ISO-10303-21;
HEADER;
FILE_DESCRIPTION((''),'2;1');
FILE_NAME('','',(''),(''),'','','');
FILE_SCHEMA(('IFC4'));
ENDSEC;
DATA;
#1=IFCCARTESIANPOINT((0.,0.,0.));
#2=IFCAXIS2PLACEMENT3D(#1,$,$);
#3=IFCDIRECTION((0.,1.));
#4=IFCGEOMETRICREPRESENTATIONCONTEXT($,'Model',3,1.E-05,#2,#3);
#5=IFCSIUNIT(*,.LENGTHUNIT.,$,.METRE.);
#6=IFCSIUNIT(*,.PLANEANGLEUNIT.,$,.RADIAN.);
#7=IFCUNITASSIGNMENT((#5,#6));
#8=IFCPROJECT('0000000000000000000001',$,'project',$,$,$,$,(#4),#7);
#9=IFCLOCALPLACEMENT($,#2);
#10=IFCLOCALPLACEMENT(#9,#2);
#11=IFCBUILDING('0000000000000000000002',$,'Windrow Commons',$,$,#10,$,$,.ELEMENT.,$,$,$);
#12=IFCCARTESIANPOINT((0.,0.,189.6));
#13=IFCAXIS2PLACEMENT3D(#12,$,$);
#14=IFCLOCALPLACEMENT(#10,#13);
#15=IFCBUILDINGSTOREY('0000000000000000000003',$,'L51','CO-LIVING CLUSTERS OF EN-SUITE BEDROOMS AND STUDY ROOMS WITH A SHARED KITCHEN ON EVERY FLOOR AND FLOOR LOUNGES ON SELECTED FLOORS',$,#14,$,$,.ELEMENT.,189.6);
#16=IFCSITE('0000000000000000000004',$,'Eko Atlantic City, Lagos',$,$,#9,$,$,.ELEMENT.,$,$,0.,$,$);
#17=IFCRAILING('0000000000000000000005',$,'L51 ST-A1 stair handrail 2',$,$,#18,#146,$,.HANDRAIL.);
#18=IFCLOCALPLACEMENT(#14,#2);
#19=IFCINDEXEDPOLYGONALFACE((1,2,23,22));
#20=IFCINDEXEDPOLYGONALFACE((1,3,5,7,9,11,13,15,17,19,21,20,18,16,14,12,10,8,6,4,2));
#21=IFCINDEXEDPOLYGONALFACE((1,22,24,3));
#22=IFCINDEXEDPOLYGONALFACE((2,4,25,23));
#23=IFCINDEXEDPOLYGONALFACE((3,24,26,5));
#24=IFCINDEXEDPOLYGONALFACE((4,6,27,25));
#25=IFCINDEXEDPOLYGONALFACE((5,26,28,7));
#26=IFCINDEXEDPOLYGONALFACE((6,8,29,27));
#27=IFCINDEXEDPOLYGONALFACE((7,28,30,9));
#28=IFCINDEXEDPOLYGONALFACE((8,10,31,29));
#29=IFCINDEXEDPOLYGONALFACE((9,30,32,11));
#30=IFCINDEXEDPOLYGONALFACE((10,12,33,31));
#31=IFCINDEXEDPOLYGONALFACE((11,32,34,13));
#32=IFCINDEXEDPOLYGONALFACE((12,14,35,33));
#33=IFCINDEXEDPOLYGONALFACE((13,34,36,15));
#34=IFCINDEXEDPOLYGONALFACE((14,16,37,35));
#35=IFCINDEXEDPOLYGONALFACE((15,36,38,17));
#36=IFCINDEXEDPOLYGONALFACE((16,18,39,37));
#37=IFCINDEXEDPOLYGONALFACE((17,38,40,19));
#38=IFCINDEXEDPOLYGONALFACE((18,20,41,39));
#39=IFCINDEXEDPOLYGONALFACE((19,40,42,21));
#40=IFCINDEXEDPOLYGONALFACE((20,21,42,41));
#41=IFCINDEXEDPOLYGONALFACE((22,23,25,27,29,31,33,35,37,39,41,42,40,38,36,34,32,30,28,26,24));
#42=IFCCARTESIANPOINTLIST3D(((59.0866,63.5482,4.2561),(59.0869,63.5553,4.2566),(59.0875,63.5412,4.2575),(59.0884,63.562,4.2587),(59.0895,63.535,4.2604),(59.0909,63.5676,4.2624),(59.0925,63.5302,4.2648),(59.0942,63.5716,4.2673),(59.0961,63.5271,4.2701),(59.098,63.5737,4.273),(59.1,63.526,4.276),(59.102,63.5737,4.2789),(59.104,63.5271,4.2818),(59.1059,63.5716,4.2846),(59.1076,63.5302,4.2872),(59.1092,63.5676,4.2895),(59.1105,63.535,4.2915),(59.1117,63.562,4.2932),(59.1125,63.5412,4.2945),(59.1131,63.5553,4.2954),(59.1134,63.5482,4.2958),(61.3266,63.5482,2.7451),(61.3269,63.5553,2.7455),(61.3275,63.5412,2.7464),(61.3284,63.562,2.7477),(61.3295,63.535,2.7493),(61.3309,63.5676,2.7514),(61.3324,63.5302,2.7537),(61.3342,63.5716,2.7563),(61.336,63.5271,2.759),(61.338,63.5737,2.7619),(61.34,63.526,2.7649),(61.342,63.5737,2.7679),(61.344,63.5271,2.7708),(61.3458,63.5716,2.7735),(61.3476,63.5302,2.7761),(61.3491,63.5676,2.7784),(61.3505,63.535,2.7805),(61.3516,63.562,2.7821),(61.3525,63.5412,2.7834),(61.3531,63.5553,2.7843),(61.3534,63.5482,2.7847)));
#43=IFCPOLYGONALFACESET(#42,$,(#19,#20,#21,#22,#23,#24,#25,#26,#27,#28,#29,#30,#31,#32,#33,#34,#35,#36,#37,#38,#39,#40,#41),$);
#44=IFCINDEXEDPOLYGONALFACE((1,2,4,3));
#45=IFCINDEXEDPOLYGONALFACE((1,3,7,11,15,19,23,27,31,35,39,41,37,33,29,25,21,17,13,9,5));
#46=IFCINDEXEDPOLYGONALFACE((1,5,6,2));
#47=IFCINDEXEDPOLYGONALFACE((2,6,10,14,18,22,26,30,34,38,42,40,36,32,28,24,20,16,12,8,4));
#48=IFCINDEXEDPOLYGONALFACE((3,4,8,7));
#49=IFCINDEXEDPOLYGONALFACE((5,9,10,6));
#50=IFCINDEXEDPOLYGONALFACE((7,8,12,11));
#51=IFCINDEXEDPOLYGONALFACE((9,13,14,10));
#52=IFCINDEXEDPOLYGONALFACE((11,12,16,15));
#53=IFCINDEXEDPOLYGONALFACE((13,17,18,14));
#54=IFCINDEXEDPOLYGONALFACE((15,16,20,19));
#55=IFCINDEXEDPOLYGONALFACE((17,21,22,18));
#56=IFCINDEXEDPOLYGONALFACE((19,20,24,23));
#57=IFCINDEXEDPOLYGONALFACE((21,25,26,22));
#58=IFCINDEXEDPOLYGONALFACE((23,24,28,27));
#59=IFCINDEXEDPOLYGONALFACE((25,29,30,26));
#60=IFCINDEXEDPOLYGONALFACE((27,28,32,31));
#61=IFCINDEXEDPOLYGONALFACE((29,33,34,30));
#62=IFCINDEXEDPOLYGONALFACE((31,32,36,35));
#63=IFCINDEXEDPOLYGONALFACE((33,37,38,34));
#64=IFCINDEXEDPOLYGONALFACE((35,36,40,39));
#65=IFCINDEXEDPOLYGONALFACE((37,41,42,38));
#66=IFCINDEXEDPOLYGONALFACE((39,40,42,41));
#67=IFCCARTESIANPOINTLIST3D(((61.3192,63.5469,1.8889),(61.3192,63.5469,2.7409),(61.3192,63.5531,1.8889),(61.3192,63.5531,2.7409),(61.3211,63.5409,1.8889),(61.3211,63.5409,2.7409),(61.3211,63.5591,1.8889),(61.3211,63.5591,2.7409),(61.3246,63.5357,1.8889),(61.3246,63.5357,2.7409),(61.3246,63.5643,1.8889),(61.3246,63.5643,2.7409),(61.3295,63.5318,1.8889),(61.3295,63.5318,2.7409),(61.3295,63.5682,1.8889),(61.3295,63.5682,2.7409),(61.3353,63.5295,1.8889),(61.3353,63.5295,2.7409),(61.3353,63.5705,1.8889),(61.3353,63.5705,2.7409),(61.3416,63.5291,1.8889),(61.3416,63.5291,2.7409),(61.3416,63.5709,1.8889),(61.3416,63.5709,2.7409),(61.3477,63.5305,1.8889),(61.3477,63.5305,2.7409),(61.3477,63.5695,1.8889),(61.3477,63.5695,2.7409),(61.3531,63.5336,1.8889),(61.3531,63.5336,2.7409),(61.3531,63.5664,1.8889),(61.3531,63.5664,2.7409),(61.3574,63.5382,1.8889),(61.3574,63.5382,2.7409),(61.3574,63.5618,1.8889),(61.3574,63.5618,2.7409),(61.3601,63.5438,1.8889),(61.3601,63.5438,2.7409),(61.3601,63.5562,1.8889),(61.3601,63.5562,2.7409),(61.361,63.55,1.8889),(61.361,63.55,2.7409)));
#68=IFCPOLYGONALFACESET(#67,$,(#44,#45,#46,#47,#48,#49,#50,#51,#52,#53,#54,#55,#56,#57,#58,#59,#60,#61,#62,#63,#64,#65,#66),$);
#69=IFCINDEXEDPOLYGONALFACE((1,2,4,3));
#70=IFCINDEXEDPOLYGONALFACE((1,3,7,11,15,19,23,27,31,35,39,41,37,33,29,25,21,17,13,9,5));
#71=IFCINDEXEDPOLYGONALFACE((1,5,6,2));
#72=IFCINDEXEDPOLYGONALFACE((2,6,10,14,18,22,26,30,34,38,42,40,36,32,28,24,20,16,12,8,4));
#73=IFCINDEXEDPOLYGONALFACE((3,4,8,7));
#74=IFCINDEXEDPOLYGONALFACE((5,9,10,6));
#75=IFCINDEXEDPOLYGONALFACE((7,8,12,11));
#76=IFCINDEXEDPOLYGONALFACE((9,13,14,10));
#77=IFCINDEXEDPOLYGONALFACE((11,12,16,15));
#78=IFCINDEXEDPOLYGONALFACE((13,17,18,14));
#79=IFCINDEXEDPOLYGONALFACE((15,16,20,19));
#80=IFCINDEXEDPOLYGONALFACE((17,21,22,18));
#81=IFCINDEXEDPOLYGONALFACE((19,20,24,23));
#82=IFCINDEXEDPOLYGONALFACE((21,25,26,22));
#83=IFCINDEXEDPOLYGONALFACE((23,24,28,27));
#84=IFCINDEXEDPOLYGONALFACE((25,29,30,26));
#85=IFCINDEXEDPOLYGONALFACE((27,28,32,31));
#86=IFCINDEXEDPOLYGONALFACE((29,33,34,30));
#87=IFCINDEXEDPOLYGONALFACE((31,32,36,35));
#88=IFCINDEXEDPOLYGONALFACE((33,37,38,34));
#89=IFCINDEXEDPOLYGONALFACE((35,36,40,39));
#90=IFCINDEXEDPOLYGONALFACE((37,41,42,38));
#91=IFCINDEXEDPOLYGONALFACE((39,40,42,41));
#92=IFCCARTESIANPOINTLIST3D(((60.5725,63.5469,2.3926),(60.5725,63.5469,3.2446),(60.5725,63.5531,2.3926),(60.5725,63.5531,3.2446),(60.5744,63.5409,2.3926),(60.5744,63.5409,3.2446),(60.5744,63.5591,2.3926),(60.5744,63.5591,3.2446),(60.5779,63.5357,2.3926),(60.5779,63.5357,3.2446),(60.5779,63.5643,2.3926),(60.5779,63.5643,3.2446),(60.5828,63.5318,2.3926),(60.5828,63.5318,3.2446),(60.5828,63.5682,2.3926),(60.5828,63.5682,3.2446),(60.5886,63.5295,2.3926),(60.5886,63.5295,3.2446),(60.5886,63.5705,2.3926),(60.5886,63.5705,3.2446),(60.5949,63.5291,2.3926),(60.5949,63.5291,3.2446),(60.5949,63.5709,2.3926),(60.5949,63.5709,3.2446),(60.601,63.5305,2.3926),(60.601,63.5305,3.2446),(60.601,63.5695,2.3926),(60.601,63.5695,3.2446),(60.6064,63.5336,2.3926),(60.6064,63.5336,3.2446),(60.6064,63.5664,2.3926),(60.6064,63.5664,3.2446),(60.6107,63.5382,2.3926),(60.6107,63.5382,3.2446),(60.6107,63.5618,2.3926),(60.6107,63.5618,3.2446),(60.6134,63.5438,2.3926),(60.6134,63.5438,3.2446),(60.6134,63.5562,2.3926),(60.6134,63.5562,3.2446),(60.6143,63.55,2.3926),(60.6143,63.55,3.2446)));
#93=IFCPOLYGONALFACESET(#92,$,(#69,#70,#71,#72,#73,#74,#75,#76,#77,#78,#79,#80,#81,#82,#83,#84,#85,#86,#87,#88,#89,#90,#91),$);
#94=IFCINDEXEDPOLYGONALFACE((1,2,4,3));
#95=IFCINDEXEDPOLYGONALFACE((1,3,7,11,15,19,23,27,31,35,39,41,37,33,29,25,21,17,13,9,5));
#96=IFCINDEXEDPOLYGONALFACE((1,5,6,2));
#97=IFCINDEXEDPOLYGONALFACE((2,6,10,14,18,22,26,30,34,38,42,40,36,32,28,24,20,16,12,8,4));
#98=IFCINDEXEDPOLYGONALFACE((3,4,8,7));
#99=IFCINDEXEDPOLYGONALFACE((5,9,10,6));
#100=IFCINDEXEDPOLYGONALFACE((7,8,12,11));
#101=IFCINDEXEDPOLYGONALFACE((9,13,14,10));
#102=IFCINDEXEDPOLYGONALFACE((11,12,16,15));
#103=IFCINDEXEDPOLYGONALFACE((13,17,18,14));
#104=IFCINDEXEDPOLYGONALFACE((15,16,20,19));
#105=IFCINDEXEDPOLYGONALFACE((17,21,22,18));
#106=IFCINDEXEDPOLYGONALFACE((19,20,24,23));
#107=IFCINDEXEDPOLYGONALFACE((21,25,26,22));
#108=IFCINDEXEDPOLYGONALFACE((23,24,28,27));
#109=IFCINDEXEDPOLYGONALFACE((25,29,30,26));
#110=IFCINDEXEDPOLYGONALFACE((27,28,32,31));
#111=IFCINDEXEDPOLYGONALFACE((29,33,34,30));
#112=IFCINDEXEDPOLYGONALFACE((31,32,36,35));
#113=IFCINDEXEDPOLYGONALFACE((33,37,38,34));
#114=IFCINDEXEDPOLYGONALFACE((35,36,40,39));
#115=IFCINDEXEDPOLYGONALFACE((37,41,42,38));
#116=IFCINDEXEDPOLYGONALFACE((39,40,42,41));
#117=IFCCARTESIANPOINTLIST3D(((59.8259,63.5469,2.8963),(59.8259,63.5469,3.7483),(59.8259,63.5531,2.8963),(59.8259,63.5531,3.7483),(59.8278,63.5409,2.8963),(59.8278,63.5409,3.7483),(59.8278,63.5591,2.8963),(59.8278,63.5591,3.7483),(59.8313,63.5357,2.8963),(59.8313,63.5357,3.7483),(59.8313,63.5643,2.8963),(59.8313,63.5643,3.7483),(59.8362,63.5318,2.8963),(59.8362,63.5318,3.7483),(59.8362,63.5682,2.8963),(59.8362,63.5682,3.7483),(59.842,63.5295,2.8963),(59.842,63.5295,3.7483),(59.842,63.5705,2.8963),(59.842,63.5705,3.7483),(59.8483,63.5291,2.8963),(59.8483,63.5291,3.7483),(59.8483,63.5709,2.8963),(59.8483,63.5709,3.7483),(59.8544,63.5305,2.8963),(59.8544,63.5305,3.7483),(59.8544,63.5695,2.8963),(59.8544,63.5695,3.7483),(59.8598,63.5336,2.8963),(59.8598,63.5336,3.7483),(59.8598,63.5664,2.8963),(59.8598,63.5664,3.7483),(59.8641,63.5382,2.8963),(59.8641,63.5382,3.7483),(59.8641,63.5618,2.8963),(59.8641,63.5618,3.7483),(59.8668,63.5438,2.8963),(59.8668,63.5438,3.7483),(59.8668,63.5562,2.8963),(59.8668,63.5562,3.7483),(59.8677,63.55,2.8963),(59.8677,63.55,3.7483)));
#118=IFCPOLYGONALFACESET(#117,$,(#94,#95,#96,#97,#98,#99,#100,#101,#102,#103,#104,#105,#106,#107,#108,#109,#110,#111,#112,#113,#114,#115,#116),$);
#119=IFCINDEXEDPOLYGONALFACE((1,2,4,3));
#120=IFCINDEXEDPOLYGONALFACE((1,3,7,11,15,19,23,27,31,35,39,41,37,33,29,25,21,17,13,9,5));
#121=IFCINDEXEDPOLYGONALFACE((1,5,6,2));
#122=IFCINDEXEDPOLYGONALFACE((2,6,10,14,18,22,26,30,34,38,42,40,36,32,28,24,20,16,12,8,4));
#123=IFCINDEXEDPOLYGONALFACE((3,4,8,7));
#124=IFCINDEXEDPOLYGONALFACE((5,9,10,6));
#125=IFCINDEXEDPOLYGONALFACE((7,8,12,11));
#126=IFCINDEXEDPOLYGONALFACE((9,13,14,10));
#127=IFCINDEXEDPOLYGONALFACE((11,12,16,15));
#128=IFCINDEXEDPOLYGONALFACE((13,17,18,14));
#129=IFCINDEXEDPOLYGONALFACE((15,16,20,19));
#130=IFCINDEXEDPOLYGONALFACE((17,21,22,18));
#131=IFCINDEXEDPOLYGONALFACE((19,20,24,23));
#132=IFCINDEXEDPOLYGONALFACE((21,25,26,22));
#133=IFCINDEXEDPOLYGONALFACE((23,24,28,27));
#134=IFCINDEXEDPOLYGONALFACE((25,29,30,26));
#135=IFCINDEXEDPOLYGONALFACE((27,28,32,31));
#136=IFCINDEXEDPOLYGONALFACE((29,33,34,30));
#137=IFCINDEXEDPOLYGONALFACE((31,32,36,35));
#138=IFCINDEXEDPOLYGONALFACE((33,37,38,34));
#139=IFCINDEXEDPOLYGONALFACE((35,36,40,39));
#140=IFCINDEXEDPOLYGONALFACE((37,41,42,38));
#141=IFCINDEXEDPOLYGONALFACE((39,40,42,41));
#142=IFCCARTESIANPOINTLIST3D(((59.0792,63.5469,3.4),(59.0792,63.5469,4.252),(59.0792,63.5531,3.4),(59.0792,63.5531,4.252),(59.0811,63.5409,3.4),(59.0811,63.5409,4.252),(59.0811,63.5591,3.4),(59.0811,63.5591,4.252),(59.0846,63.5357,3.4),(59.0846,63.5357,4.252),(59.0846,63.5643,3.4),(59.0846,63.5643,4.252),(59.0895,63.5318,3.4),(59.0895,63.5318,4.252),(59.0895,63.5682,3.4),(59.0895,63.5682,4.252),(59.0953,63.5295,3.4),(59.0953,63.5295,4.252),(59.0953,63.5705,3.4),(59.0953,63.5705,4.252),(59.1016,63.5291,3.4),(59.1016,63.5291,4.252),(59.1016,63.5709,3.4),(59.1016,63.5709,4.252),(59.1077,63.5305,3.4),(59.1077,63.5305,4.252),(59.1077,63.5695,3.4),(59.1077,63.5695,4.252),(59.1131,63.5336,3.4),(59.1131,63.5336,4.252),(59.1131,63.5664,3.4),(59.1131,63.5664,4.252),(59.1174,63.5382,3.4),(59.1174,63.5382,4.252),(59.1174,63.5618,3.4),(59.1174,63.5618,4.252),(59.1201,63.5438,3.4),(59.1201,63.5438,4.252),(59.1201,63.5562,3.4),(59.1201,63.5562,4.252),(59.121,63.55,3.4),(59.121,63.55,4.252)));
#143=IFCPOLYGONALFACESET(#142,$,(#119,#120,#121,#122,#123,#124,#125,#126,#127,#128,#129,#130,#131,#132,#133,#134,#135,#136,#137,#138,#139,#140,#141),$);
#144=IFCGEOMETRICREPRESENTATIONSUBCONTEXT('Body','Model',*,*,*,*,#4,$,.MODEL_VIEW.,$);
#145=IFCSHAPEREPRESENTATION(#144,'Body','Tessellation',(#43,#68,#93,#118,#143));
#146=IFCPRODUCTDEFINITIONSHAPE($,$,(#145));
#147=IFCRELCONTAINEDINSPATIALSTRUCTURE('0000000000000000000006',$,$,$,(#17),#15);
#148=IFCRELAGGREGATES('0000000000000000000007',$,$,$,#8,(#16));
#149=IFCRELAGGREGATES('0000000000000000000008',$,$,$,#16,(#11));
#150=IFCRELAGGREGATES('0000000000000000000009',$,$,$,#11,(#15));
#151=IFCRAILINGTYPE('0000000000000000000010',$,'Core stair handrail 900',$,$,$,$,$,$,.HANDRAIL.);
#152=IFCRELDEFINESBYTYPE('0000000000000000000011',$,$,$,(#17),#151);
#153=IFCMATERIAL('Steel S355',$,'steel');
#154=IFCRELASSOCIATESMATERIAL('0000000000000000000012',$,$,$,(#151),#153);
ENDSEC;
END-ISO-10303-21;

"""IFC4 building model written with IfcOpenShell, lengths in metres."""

from ifc_helpers import new_model, si_unit, direction, frame, origin, origin_2d, place, context, subcontext, project, spatial, circle, extrude, material, type_object, element, save


model = new_model("IFC4")

# Units and contexts
model_context = context("Model", 3, precision=1e-05, world=origin(), true_north=direction((0.0, 1.0)))
body_context = subcontext(model_context, "Body", "Model", "MODEL_VIEW")
ifc_project = project(units=[si_unit("LENGTHUNIT", "METRE"), si_unit("PLANEANGLEUNIT", "RADIAN")], contexts=[model_context])

# Site, building, storey
site_placement = place(None, origin())
site = spatial("IfcSite", under=ifc_project, at=site_placement, Name="Eko Atlantic City, Lagos", CompositionType="ELEMENT", RefElevation=0.0)
building_placement = place(site_placement, origin())
building = spatial("IfcBuilding", under=site, at=building_placement, Name="Windrow Commons", CompositionType="ELEMENT")
storey_placement = place(building_placement, frame((0.0, 0.0, 189.6)))
storey = spatial("IfcBuildingStorey", under=building, at=storey_placement, Name="L51", Description="CO-LIVING CLUSTERS OF EN-SUITE BEDROOMS AND STUDY ROOMS WITH A SHARED KITCHEN ON EVERY FLOOR AND FLOOR LOUNGES ON SELECTED FLOORS", CompositionType="ELEMENT", Elevation=189.6)

# Railing
ifc_material_1 = material(Name="Steel S355", Category="steel")
railing_type_1 = type_object("IfcRailingType", Name="Core stair handrail 900", PredefinedType="HANDRAIL", material=ifc_material_1)
railing_1_placement = place(storey_placement, frame((61.34, 63.55, 1.8889)))
element("IfcRailing", 1, at=railing_1_placement, inside=storey, type_object=railing_type_1, Name="L51 ST-A1 stair handrail 2", PredefinedType="HANDRAIL", context=body_context, shape_type="SweptSolid", body=[
    extrude(circle(Radius=0.024, at=origin_2d()), frame((0.0, 0.0, 0.876), z_axis=(-0.829003, 0.0, 0.559244), x_axis=(0.0, -1.0, 0.0)), (0.0, 0.0, 1.0), 2.702),
    extrude(circle(Radius=0.021, at=origin_2d()), origin(), (0.0, 0.0, 1.0), 0.852),
    extrude(circle(Radius=0.021, at=origin_2d()), frame((-0.7467, 0.0, 0.5037)), (0.0, 0.0, 1.0), 0.852),
    extrude(circle(Radius=0.021, at=origin_2d()), frame((-1.4933, 0.0, 1.0074)), (0.0, 0.0, 1.0), 0.852),
    extrude(circle(Radius=0.021, at=origin_2d()), frame((-2.24, 0.0, 1.5111)), (0.0, 0.0, 1.0), 0.852),
])

save(model, "model.ifc")
